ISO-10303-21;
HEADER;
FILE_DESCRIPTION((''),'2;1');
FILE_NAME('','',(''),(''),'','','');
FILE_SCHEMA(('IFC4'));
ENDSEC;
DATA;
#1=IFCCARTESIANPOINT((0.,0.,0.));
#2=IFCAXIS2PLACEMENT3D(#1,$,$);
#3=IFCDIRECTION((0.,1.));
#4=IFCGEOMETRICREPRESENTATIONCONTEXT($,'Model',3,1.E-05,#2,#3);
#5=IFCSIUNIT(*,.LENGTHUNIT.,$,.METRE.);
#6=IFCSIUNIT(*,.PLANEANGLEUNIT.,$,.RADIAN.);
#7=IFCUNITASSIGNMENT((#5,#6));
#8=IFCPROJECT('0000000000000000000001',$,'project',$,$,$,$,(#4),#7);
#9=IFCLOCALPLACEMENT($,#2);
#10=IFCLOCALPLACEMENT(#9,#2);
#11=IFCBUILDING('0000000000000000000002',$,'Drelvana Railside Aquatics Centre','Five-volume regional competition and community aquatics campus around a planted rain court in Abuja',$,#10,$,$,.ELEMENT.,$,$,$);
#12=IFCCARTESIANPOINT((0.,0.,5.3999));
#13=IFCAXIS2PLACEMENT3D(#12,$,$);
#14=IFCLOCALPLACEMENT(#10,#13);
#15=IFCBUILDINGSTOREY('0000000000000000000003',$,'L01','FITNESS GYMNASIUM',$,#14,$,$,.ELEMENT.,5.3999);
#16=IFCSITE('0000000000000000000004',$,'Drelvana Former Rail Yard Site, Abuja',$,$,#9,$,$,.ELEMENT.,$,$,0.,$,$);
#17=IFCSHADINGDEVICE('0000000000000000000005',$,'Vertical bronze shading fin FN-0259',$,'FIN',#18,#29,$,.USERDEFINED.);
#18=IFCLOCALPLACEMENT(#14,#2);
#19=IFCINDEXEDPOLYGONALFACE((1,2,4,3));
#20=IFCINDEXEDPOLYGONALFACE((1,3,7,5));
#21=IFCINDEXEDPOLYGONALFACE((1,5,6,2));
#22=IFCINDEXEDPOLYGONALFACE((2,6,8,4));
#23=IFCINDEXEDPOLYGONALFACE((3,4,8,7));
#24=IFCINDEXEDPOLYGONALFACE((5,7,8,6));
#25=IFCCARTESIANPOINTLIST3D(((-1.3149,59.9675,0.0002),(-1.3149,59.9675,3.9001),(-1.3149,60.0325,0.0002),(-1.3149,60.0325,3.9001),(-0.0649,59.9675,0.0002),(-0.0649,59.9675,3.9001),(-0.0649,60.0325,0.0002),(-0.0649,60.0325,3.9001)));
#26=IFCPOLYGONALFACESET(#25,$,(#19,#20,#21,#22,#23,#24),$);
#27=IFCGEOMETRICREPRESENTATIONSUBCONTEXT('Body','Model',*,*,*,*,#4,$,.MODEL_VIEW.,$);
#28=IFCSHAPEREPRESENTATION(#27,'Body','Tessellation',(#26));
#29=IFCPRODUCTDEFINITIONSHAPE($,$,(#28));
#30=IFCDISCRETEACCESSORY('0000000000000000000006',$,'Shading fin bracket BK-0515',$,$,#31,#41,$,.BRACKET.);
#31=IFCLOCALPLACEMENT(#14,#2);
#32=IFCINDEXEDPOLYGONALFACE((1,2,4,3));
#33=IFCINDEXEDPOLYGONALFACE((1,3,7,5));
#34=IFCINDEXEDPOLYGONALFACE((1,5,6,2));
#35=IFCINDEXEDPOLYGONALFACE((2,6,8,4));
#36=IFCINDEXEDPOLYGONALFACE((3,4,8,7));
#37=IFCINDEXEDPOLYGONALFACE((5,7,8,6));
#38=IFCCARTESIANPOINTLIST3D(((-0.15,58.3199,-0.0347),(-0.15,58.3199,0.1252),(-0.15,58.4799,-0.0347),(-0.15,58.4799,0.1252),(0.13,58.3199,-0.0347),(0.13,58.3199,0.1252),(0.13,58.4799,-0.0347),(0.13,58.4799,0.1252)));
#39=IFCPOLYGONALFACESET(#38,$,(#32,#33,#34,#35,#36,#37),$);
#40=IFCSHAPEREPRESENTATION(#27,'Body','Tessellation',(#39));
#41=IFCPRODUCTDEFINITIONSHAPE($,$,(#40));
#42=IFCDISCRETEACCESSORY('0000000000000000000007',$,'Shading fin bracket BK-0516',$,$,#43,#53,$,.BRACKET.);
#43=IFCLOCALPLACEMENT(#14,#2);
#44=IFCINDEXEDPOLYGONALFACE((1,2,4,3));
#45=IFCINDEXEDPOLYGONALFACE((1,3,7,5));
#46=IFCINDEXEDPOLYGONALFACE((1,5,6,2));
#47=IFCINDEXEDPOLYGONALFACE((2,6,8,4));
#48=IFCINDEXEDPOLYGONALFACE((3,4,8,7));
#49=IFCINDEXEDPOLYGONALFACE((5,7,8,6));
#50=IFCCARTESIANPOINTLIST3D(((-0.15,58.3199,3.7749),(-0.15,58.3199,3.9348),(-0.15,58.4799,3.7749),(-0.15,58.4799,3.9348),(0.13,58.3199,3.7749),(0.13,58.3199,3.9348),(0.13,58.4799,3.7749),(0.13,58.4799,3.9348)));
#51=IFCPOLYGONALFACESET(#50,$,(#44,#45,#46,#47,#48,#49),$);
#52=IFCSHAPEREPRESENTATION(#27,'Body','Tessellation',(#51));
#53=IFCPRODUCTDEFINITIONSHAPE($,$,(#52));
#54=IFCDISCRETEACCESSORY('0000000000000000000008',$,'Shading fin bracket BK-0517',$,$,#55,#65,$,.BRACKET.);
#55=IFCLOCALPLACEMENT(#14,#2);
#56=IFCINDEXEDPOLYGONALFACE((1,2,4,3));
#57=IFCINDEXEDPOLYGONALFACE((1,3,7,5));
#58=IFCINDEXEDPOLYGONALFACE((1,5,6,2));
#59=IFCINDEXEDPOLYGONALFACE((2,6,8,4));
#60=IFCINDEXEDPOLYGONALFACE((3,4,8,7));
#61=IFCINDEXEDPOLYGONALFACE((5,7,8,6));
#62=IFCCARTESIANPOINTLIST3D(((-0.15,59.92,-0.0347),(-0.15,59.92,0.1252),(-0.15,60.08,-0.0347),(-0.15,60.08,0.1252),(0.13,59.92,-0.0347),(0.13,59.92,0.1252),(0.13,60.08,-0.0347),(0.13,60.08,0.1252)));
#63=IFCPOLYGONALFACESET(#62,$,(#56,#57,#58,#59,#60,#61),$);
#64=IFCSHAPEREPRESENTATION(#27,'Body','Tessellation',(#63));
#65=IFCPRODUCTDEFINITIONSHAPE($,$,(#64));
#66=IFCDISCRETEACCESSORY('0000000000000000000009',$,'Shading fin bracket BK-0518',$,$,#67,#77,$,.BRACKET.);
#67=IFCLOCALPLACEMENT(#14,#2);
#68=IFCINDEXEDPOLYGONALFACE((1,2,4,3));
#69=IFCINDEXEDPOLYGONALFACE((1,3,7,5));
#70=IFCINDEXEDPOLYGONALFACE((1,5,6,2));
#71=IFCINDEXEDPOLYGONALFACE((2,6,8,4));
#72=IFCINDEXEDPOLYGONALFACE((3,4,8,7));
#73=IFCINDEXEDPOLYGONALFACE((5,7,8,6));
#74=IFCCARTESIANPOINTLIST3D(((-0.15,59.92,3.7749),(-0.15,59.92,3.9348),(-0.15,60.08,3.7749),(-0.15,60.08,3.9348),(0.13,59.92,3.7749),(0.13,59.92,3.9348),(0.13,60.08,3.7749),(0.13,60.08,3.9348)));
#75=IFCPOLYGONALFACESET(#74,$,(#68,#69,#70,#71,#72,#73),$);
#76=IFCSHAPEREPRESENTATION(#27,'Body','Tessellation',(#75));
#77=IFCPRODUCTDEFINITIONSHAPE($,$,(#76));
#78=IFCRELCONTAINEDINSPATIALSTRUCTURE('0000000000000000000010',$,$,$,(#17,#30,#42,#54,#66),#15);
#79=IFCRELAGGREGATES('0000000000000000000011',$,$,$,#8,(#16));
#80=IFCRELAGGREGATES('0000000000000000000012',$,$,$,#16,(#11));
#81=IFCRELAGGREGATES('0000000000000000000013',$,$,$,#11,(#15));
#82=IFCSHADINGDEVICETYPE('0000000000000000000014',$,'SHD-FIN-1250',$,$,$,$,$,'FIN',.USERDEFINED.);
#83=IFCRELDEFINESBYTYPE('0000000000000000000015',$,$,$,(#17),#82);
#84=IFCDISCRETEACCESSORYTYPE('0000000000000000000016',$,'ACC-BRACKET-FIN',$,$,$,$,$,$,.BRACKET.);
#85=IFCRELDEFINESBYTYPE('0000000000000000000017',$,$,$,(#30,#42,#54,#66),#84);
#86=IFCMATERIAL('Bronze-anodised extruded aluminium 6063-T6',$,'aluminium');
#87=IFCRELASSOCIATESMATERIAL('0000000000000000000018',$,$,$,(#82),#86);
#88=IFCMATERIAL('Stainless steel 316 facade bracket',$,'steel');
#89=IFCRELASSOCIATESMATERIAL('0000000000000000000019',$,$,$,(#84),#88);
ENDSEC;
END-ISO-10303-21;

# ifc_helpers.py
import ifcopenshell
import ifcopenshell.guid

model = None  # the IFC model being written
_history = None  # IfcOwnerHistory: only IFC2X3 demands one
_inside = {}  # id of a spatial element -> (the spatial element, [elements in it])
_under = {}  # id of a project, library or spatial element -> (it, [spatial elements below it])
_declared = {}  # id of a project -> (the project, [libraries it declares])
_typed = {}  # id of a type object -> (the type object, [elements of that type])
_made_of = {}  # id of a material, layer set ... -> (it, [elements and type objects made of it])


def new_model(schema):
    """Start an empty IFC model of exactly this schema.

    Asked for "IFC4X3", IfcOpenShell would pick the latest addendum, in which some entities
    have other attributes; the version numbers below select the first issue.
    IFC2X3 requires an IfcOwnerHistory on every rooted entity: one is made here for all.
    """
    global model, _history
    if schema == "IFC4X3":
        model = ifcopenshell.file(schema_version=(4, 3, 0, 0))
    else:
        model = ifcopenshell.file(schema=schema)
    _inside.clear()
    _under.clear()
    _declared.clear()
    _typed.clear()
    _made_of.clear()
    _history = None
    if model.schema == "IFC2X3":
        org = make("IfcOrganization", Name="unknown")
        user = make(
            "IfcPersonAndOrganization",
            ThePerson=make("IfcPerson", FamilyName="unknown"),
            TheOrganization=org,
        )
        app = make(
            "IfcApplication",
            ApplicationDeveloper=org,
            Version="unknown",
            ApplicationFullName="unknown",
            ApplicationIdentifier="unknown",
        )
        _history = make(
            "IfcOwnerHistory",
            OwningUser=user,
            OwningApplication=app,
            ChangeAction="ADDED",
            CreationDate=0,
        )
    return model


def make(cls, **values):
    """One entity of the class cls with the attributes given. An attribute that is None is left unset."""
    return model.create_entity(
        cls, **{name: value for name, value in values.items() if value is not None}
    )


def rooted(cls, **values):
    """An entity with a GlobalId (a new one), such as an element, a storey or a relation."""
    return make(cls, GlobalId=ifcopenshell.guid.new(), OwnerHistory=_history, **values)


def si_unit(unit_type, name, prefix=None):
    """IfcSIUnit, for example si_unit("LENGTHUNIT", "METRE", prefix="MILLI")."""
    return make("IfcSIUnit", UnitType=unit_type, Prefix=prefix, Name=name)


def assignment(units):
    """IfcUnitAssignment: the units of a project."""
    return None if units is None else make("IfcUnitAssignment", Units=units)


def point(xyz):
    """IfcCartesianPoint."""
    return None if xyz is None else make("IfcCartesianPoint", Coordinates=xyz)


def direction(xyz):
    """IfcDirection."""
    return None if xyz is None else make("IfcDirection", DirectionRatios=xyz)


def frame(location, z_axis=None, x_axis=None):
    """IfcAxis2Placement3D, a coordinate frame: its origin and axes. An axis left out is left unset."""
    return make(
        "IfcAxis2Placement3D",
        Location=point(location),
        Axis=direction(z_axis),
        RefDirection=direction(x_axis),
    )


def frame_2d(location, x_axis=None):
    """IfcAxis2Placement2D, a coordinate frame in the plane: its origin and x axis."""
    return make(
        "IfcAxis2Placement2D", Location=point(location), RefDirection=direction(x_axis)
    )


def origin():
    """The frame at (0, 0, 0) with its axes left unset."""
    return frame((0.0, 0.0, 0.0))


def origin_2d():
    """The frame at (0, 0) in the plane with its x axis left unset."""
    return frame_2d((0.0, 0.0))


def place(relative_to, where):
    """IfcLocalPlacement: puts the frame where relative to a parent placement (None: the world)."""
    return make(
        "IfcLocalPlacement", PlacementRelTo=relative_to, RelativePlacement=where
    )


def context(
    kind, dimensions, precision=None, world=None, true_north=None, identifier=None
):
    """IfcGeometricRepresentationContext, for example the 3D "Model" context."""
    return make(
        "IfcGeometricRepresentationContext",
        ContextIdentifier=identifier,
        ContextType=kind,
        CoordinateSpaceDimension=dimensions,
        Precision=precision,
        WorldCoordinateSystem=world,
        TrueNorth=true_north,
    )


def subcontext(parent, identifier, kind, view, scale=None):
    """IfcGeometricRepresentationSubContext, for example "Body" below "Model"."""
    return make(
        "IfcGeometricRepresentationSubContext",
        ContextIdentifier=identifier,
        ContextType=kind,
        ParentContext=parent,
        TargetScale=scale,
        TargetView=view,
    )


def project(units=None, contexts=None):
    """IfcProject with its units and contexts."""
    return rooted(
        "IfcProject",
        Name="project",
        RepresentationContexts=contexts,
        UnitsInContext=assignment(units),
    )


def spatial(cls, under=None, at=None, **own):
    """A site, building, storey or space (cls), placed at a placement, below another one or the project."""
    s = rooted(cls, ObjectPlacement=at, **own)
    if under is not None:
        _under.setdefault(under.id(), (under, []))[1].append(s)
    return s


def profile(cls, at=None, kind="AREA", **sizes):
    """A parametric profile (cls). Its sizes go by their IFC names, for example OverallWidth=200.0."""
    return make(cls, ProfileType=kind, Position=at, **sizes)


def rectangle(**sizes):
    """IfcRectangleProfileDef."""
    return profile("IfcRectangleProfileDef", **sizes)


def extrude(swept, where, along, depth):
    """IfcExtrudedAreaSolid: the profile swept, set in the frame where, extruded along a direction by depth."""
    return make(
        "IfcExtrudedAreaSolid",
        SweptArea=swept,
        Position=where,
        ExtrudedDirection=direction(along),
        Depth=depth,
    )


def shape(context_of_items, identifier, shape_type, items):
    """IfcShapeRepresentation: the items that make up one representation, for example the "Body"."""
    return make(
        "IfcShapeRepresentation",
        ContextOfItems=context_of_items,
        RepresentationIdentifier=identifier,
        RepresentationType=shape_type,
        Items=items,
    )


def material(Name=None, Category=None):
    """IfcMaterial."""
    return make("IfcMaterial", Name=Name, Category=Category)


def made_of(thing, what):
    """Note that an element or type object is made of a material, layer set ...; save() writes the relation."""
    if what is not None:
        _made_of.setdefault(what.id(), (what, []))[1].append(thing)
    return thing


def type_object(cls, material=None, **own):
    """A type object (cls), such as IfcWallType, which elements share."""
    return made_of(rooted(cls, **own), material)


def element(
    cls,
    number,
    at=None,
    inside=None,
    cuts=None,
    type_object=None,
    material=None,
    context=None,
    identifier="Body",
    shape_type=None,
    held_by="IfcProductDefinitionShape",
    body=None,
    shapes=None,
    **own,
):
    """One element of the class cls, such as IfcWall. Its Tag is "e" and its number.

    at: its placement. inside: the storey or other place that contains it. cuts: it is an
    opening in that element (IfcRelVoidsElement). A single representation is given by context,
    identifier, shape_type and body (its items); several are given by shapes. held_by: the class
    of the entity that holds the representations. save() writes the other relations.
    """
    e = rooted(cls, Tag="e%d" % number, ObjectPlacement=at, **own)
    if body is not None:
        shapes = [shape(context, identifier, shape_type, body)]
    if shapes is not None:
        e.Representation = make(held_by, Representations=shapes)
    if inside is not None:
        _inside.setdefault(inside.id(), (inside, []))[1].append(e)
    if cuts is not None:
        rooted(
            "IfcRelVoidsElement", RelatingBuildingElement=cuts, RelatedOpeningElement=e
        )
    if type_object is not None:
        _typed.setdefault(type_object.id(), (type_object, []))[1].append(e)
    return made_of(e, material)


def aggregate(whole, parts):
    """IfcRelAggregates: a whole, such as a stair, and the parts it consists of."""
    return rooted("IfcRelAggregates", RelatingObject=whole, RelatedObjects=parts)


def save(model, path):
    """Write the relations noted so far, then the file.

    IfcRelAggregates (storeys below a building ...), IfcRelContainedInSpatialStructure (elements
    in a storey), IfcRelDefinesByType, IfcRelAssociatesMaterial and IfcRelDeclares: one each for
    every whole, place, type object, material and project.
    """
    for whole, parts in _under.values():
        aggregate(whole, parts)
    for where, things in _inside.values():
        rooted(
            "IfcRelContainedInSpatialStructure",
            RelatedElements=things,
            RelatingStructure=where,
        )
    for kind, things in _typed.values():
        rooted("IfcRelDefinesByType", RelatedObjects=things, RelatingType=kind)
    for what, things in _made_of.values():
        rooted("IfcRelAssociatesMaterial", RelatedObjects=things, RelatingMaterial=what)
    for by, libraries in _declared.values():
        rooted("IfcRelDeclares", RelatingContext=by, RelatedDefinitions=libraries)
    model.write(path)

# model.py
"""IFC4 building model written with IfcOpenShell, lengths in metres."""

from ifc_helpers import new_model, si_unit, direction, frame, origin, origin_2d, place, context, subcontext, project, spatial, rectangle, extrude, material, type_object, element, save


model = new_model("IFC4")

# Units and contexts
model_context = context("Model", 3, precision=1e-05, world=origin(), true_north=direction((0.0, 1.0)))
body_context = subcontext(model_context, "Body", "Model", "MODEL_VIEW")
ifc_project = project(units=[si_unit("LENGTHUNIT", "METRE"), si_unit("PLANEANGLEUNIT", "RADIAN")], contexts=[model_context])

# Site, building, storey
site_placement = place(None, origin())
site = spatial("IfcSite", under=ifc_project, at=site_placement, Name="Drelvana Former Rail Yard Site, Abuja", CompositionType="ELEMENT", RefElevation=0.0)
building_placement = place(site_placement, origin())
building = spatial("IfcBuilding", under=site, at=building_placement, Name="Drelvana Railside Aquatics Centre", Description="Five-volume regional competition and community aquatics campus around a planted rain court in Abuja", CompositionType="ELEMENT")
storey_placement = place(building_placement, frame((0.0, 0.0, 5.3999)))
storey = spatial("IfcBuildingStorey", under=building, at=storey_placement, Name="L01", Description="FITNESS GYMNASIUM", CompositionType="ELEMENT", Elevation=5.3999)

# Shared definitions
ifc_material_1 = material(Name="Bronze-anodised extruded aluminium 6063-T6", Category="aluminium")

# Shading device
shading_device_type = type_object("IfcShadingDeviceType", Name="SHD-FIN-1250", ElementType="FIN", PredefinedType="USERDEFINED", material=ifc_material_1)
for number, where, z_axis, x_axis, name in (
    (1, (-0.6899, 60.0, 0.0002), (0.0, 0.0, 1.0), (-1.0, 0.0, 0.0), "Vertical bronze shading fin FN-0259"),
):
    element("IfcShadingDevice", number, at=place(storey_placement, frame(where, z_axis=z_axis, x_axis=x_axis)), inside=storey, type_object=shading_device_type, Name=name, ObjectType="FIN", PredefinedType="USERDEFINED", context=body_context, shape_type="SweptSolid", body=[
        extrude(rectangle(XDim=1.25, YDim=0.0649, at=origin_2d()), origin(), (0.0, 0.0, 1.0), 3.8999),
    ])

# Discrete accessories
ifc_material_2 = material(Name="Stainless steel 316 facade bracket", Category="steel")
discrete_accessory_type = type_object("IfcDiscreteAccessoryType", Name="ACC-BRACKET-FIN", PredefinedType="BRACKET", material=ifc_material_2)
for number, where, z_axis, x_axis, name in (
    (2, (-0.01, 58.3999, -0.0347), (0.0, 0.0, 1.0), (-1.0, 0.0, 0.0), "Shading fin bracket BK-0515"),
    (3, (-0.01, 58.3999, 3.7749), (0.0, 0.0, 1.0), (-1.0, 0.0, 0.0), "Shading fin bracket BK-0516"),
    (4, (-0.01, 60.0, -0.0347), (0.0, 0.0, 1.0), (-1.0, 0.0, 0.0), "Shading fin bracket BK-0517"),
    (5, (-0.01, 60.0, 3.7749), (0.0, 0.0, 1.0), (-1.0, 0.0, 0.0), "Shading fin bracket BK-0518"),
):
    element("IfcDiscreteAccessory", number, at=place(storey_placement, frame(where, z_axis=z_axis, x_axis=x_axis)), inside=storey, type_object=discrete_accessory_type, Name=name, PredefinedType="BRACKET", context=body_context, shape_type="SweptSolid", body=[
        extrude(rectangle(XDim=0.28, YDim=0.1599, at=origin_2d()), origin(), (0.0, 0.0, 1.0), 0.1599),
    ])

save(model, "model.ifc")
